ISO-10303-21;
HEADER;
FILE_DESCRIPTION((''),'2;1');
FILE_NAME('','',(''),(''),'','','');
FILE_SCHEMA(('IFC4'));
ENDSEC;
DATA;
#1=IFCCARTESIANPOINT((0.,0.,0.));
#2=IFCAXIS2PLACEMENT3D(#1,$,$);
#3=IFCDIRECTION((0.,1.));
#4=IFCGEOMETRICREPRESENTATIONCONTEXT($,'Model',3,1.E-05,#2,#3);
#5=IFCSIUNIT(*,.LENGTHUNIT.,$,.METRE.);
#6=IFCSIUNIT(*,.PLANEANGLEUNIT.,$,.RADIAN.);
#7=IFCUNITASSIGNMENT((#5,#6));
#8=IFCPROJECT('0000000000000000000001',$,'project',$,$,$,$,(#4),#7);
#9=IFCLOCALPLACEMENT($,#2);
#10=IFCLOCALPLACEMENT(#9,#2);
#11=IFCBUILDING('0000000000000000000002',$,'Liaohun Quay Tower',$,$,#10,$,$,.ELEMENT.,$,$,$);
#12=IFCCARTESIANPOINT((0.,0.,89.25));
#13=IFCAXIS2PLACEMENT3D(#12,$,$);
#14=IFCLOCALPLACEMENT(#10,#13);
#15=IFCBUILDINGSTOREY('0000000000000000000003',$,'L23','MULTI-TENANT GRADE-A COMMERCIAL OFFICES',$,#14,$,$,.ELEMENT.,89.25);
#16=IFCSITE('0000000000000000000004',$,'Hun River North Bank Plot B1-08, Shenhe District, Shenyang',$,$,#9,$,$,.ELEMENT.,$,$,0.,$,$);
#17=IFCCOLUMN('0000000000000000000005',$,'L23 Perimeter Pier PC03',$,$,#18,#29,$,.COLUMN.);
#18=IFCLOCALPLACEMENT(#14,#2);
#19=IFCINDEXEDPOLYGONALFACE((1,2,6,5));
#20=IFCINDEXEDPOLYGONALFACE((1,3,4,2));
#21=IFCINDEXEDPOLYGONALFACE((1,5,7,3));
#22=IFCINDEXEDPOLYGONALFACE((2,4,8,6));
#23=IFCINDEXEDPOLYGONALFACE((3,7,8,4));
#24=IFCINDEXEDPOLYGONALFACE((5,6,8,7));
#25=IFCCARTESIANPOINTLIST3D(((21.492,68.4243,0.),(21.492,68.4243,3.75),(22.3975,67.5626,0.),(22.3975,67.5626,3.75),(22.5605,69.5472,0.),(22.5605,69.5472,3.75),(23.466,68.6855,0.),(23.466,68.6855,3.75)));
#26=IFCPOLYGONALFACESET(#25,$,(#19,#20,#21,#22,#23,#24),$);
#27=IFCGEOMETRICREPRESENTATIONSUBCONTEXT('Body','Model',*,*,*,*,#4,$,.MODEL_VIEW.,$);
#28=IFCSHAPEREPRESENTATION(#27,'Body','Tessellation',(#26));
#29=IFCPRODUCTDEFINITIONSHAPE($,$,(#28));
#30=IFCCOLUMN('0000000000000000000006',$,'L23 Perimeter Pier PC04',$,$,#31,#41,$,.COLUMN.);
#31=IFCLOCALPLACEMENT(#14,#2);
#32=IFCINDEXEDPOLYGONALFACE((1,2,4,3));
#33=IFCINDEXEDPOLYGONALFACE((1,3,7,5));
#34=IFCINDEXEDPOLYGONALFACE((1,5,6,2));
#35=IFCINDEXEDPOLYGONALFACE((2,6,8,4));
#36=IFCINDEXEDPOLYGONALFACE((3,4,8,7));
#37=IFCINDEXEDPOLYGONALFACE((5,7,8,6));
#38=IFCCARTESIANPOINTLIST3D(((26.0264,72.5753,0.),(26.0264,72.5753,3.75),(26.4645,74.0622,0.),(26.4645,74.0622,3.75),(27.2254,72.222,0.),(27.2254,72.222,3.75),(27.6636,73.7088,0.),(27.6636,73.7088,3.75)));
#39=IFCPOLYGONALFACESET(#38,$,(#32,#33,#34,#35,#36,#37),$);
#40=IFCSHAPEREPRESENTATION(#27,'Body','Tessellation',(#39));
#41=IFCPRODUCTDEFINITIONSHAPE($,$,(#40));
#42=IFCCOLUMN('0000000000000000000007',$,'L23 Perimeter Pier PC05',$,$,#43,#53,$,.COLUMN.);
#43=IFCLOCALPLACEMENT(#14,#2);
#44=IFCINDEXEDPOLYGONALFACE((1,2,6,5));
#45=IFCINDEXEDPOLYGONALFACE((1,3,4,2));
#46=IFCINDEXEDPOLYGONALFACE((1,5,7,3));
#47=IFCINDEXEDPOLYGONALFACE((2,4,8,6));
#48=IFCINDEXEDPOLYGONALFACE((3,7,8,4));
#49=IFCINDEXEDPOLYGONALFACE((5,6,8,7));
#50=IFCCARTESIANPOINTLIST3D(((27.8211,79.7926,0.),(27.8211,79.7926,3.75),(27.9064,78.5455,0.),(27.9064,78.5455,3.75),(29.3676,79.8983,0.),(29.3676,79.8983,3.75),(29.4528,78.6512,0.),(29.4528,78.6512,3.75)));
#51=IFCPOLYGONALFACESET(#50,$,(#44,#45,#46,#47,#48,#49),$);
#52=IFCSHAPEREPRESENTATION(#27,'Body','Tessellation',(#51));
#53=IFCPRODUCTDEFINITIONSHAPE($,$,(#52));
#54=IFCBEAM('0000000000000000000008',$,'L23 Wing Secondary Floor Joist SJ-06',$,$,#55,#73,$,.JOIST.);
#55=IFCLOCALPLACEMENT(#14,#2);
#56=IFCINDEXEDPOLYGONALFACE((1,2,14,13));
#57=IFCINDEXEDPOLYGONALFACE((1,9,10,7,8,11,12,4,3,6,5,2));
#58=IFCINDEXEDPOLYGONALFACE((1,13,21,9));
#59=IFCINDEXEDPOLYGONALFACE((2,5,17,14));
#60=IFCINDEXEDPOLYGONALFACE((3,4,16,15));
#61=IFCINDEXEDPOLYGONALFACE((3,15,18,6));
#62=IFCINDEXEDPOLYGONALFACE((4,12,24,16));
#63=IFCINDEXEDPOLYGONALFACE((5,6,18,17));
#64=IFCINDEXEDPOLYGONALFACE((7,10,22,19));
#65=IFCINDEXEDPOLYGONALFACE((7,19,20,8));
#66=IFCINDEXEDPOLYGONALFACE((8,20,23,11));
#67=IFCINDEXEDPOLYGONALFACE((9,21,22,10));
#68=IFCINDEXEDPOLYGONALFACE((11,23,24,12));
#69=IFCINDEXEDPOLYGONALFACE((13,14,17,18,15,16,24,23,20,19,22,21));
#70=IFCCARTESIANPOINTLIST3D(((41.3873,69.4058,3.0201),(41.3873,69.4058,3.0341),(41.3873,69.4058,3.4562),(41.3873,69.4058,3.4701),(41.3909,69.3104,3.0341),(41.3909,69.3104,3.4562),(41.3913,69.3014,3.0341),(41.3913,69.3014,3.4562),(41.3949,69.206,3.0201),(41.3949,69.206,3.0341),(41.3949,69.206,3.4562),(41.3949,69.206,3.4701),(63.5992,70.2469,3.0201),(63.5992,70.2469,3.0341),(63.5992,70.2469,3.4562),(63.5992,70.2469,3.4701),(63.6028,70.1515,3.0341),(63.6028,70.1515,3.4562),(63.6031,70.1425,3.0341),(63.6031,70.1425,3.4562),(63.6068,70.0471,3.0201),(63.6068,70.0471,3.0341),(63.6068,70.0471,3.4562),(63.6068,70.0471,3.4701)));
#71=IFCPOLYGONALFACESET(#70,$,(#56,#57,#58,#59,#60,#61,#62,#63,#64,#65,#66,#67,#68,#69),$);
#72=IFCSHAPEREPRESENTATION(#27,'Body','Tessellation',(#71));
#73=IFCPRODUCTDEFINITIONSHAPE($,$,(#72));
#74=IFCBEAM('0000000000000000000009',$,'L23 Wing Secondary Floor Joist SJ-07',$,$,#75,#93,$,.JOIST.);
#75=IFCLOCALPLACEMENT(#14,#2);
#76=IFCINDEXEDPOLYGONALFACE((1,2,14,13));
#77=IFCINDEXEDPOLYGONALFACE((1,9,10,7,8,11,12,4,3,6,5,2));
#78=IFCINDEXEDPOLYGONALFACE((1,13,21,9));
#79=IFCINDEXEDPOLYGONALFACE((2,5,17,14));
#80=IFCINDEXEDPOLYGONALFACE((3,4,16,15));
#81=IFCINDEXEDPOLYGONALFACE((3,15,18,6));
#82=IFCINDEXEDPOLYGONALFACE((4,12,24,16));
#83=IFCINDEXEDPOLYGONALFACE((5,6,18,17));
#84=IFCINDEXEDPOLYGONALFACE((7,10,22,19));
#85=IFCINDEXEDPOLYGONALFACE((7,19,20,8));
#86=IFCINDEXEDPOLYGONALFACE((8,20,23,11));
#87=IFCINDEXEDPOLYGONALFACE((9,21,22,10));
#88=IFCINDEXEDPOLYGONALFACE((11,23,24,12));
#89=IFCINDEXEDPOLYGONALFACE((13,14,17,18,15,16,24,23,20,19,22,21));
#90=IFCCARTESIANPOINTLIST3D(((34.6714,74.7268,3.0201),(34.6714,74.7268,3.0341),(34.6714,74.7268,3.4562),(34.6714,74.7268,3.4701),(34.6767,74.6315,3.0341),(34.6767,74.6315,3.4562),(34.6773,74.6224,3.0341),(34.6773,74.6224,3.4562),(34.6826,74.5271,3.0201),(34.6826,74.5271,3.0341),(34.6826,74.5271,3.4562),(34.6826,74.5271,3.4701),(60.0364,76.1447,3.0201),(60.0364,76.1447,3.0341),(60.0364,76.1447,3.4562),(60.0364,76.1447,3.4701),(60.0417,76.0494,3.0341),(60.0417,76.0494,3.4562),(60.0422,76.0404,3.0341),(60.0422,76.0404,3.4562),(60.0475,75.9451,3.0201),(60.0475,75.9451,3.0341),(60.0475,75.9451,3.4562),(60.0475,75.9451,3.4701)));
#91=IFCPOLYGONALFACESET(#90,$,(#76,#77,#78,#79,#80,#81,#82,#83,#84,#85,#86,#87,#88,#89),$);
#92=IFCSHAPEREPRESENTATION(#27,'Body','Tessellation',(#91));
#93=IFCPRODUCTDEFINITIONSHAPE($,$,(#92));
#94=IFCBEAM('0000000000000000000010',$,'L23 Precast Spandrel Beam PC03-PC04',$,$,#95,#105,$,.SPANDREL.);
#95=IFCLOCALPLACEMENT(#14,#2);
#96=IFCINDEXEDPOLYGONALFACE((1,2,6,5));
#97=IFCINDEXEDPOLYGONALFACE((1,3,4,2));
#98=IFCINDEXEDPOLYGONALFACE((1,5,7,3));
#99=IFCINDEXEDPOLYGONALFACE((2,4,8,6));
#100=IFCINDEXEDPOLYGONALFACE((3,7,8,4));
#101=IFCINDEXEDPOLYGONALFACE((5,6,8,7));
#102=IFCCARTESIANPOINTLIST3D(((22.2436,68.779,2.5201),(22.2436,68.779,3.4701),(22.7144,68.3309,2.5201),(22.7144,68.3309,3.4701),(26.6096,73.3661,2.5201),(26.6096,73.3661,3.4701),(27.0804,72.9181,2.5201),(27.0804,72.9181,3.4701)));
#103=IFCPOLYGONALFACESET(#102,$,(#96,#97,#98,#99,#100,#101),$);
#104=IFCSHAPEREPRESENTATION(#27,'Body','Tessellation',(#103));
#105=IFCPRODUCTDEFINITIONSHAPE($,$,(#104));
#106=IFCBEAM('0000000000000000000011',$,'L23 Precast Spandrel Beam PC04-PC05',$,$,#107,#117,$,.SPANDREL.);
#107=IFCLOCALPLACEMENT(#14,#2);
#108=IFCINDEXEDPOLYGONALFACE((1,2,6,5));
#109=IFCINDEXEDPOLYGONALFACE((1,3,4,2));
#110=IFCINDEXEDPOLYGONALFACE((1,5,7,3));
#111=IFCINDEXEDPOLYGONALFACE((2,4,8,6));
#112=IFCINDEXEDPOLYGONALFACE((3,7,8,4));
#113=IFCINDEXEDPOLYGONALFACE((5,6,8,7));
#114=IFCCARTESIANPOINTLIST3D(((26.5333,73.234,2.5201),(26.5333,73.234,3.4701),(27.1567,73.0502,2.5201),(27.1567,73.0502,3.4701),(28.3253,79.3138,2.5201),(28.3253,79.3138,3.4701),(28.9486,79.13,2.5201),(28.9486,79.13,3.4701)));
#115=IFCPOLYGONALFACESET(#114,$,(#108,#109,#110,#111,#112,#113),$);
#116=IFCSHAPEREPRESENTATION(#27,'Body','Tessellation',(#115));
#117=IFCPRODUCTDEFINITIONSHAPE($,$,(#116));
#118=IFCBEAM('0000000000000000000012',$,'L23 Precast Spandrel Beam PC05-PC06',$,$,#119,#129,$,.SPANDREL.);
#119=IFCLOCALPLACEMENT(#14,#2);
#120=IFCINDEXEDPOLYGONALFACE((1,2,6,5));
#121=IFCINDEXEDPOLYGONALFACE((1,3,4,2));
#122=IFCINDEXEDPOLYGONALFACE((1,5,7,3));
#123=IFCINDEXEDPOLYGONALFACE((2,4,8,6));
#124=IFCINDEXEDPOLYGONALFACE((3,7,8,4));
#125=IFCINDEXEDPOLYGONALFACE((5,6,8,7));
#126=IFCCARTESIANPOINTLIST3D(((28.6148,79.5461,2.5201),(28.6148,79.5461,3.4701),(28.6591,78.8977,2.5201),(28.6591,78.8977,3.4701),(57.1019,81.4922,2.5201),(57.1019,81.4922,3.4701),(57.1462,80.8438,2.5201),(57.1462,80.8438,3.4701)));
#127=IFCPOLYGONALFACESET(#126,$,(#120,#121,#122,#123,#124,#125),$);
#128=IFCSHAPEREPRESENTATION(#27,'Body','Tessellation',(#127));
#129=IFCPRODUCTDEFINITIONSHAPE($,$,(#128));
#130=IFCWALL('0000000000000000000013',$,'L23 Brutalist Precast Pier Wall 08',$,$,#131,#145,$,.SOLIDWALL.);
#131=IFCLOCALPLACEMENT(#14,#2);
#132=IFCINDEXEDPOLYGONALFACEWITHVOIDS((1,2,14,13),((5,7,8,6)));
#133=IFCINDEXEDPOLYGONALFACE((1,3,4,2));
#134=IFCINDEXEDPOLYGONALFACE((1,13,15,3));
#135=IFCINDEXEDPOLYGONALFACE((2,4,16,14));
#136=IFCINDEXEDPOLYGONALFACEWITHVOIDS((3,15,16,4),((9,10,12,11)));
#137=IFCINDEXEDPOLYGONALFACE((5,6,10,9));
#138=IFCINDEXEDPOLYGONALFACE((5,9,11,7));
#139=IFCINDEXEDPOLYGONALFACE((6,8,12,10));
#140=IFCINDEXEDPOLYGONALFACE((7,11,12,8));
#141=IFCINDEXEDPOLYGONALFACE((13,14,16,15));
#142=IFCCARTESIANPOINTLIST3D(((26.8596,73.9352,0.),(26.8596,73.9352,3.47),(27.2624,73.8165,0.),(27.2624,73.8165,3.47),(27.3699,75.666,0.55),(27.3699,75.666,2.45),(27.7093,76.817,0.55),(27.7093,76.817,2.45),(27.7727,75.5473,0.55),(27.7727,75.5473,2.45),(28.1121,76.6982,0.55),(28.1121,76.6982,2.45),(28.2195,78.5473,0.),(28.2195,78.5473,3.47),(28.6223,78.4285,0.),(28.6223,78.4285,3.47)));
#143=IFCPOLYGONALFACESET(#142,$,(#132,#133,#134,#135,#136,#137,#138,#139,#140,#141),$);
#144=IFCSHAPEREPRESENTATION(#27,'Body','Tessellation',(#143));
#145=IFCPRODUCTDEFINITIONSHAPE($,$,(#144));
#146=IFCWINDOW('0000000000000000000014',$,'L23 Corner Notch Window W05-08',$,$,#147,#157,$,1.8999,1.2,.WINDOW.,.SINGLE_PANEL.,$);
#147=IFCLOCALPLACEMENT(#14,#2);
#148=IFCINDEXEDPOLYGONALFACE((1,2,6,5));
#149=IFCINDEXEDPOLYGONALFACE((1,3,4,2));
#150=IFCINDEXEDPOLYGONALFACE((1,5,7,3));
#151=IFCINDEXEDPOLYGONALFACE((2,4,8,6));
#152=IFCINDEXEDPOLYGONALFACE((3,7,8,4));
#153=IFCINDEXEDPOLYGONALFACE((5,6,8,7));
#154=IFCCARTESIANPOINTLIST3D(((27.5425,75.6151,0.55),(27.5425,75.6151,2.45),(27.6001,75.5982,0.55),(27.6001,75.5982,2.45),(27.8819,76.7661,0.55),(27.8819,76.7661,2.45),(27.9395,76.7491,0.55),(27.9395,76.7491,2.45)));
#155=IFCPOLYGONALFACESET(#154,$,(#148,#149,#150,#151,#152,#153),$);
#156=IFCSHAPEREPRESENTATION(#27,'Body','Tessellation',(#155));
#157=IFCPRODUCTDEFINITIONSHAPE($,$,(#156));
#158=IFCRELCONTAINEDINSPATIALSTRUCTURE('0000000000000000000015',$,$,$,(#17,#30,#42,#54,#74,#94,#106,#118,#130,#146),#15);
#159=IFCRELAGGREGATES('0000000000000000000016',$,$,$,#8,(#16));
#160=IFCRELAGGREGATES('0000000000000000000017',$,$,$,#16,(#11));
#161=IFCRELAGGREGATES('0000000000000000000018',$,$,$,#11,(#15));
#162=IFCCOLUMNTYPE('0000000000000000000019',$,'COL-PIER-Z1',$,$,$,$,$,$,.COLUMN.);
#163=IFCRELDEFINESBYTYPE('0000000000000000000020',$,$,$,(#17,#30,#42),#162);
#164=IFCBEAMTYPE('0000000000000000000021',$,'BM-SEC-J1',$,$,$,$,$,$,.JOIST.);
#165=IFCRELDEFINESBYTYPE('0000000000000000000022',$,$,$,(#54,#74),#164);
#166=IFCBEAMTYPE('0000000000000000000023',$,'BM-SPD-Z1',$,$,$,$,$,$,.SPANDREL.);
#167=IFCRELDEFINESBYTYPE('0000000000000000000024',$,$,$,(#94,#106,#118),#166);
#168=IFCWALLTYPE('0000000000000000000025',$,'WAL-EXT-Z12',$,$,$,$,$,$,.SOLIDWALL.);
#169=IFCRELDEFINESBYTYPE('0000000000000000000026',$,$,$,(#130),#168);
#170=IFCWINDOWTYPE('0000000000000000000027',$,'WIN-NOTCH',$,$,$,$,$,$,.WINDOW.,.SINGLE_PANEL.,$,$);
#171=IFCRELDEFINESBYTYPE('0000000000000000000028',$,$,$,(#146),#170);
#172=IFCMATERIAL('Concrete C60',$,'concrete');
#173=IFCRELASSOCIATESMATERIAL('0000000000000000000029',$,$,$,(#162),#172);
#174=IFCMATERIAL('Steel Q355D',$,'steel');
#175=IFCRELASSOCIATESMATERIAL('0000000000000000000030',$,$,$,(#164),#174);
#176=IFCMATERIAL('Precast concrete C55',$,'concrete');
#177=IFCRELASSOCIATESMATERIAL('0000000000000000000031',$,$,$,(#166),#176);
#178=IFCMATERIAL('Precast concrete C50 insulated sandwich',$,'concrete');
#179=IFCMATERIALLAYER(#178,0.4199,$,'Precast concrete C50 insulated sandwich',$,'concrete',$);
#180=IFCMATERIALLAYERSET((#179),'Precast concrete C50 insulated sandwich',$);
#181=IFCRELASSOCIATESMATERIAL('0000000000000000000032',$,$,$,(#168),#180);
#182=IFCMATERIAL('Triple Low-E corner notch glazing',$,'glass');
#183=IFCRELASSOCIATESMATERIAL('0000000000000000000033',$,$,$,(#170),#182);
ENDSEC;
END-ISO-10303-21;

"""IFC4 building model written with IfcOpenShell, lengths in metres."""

from ifc_helpers import new_model, si_unit, direction, frame, frame_2d, origin, origin_2d, place, context, subcontext, project, spatial, rectangle, i_section, extrude, source, transform, mapped, material, layer, layer_set, material_profile, profile_set, type_object, element, fill, save


model = new_model("IFC4")

# Units and contexts
model_context = context("Model", 3, precision=1e-05, world=origin(), true_north=direction((0.0, 1.0)))
body_context = subcontext(model_context, "Body", "Model", "MODEL_VIEW")
ifc_project = project(units=[si_unit("LENGTHUNIT", "METRE"), si_unit("PLANEANGLEUNIT", "RADIAN")], contexts=[model_context])

# Site, building, storey
site_placement = place(None, origin())
site = spatial("IfcSite", under=ifc_project, at=site_placement, Name="Hun River North Bank Plot B1-08, Shenhe District, Shenyang", CompositionType="ELEMENT", RefElevation=0.0)
building_placement = place(site_placement, origin())
building = spatial("IfcBuilding", under=site, at=building_placement, Name="Liaohun Quay Tower", CompositionType="ELEMENT")
storey_placement = place(building_placement, frame((0.0, 0.0, 89.25)))
storey = spatial("IfcBuildingStorey", under=building, at=storey_placement, Name="L23", Description="MULTI-TENANT GRADE-A COMMERCIAL OFFICES", CompositionType="ELEMENT", Elevation=89.25)

# Columns
ifc_material_1 = material(Name="Concrete C60", Category="concrete")
ifc_material_profile_1 = material_profile(ifc_material_1, rectangle(XDim=1.55, YDim=1.25, at=origin_2d()), Name="RC1550x1250")
ifc_profile_set_1 = profile_set([ifc_material_profile_1], Name="Concrete C60")
column_type = type_object("IfcColumnType", Name="COL-PIER-Z1", PredefinedType="COLUMN", material=ifc_profile_set_1)
shared_shape_1 = source(origin(), body_context, "Body", "SweptSolid", [
    extrude(rectangle(XDim=1.55, YDim=1.25, at=origin_2d()), origin(), (0.0, 0.0, 1.0), 3.75),
])
for number, where, z_axis, x_axis, name in (
    (1, (22.479, 68.5549, 0.0), (0.0, 0.0, 1.0), (0.689367, 0.724413, 0.0), "L23 Perimeter Pier PC03"),
    (2, (26.845, 73.1421, 0.0), (0.0, 0.0, 1.0), (0.282676, 0.959215, 0.0), "L23 Perimeter Pier PC04"),
    (3, (28.637, 79.2219, 0.0), (0.0, 0.0, 1.0), (0.997672, 0.068189, 0.0), "L23 Perimeter Pier PC05"),
):
    element("IfcColumn", number, at=place(storey_placement, frame(where, z_axis=z_axis, x_axis=x_axis)), inside=storey, type_object=column_type, Name=name, PredefinedType="COLUMN", context=body_context, shape_type="MappedRepresentation", body=[
        mapped(shared_shape_1, transform((0.0, 0.0, 0.0), x_axis=(1.0, 0.0, 0.0), y_axis=(0.0, 1.0, 0.0), z_axis=(0.0, 0.0, 1.0), scale=1.0)),
    ])

# Beams
ifc_material_2 = material(Name="Steel Q355D", Category="steel")
ifc_material_profile_2 = material_profile(ifc_material_2, i_section(OverallWidth=0.2, OverallDepth=0.45, WebThickness=0.009, FlangeThickness=0.0139, at=origin_2d()), Name="HN450x200x9x14")
ifc_profile_set_2 = profile_set([ifc_material_profile_2], Name="Steel Q355D")
beam_type_1 = type_object("IfcBeamType", Name="BM-SEC-J1", PredefinedType="JOIST", material=ifc_profile_set_2)
shared_shape_2 = source(origin(), body_context, "Body", "SweptSolid", [
    extrude(i_section(OverallWidth=0.2, OverallDepth=0.45, WebThickness=0.009, FlangeThickness=0.0139, at=origin_2d()), origin(), (0.0, 0.0, 1.0), 22.2278),
])
beam_1_placement = place(storey_placement, frame((41.3911, 69.3059, 3.2451), z_axis=(0.999284, 0.037838, 0.0), x_axis=(-0.037838, 0.999284, 0.0)))
element("IfcBeam", 4, at=beam_1_placement, inside=storey, type_object=beam_type_1, Name="L23 Wing Secondary Floor Joist SJ-06", PredefinedType="JOIST", context=body_context, shape_type="MappedRepresentation", body=[
    mapped(shared_shape_2, transform((0.0, 0.0, 0.0), x_axis=(1.0, 0.0, 0.0), y_axis=(0.0, 1.0, 0.0), z_axis=(0.0, 0.0, 1.0), scale=1.0)),
])
shared_shape_3 = source(origin(), body_context, "Body", "SweptSolid", [
    extrude(i_section(OverallWidth=0.2, OverallDepth=0.45, WebThickness=0.009, FlangeThickness=0.0139, at=origin_2d()), origin(), (0.0, 0.0, 1.0), 25.4045),
])
beam_2_placement = place(storey_placement, frame((34.677, 74.627, 3.2451), z_axis=(0.998441, 0.055815, 0.0), x_axis=(-0.055815, 0.998441, 0.0)))
element("IfcBeam", 5, at=beam_2_placement, inside=storey, type_object=beam_type_1, Name="L23 Wing Secondary Floor Joist SJ-07", PredefinedType="JOIST", context=body_context, shape_type="MappedRepresentation", body=[
    mapped(shared_shape_3, transform((0.0, 0.0, 0.0), x_axis=(1.0, 0.0, 0.0), y_axis=(0.0, 1.0, 0.0), z_axis=(0.0, 0.0, 1.0), scale=1.0)),
])
ifc_material_3 = material(Name="Precast concrete C55", Category="concrete")
ifc_material_profile_3 = material_profile(ifc_material_3, rectangle(XDim=0.6499, YDim=0.95, at=origin_2d()), Name="RC650x950")
ifc_profile_set_3 = profile_set([ifc_material_profile_3], Name="Precast concrete C55")
beam_type_2 = type_object("IfcBeamType", Name="BM-SPD-Z1", PredefinedType="SPANDREL", material=ifc_profile_set_3)
shared_shape_4 = source(origin(), body_context, "Body", "SweptSolid", [
    extrude(rectangle(XDim=0.6499, YDim=0.95, at=origin_2d()), origin(), (0.0, 0.0, 1.0), 6.3328),
])
beam_3_placement = place(storey_placement, frame((22.479, 68.5549, 2.9951), z_axis=(0.689427, 0.724355, 0.0), x_axis=(-0.724355, 0.689427, 0.0)))
element("IfcBeam", 6, at=beam_3_placement, inside=storey, type_object=beam_type_2, Name="L23 Precast Spandrel Beam PC03-PC04", PredefinedType="SPANDREL", context=body_context, shape_type="MappedRepresentation", body=[
    mapped(shared_shape_4, transform((0.0, 0.0, 0.0), x_axis=(1.0, 0.0, 0.0), y_axis=(0.0, 1.0, 0.0), z_axis=(0.0, 0.0, 1.0), scale=1.0)),
])
shared_shape_5 = source(origin(), body_context, "Body", "SweptSolid", [
    extrude(rectangle(XDim=0.6499, YDim=0.95, at=origin_2d()), origin(), (0.0, 0.0, 1.0), 6.3384),
])
beam_4_placement = place(storey_placement, frame((26.845, 73.1421, 2.9951), z_axis=(0.282719, 0.959203, 0.0), x_axis=(-0.959203, 0.282719, 0.0)))
element("IfcBeam", 7, at=beam_4_placement, inside=storey, type_object=beam_type_2, Name="L23 Precast Spandrel Beam PC04-PC05", PredefinedType="SPANDREL", context=body_context, shape_type="MappedRepresentation", body=[
    mapped(shared_shape_5, transform((0.0, 0.0, 0.0), x_axis=(1.0, 0.0, 0.0), y_axis=(0.0, 1.0, 0.0), z_axis=(0.0, 0.0, 1.0), scale=1.0)),
])
shared_shape_6 = source(origin(), body_context, "Body", "SweptSolid", [
    extrude(rectangle(XDim=0.6499, YDim=0.95, at=origin_2d()), origin(), (0.0, 0.0, 1.0), 28.5535),
])
beam_5_placement = place(storey_placement, frame((28.637, 79.2219, 2.9951), z_axis=(0.997675, 0.068154, 0.0), x_axis=(-0.068154, 0.997675, 0.0)))
element("IfcBeam", 8, at=beam_5_placement, inside=storey, type_object=beam_type_2, Name="L23 Precast Spandrel Beam PC05-PC06", PredefinedType="SPANDREL", context=body_context, shape_type="MappedRepresentation", body=[
    mapped(shared_shape_6, transform((0.0, 0.0, 0.0), x_axis=(1.0, 0.0, 0.0), y_axis=(0.0, 1.0, 0.0), z_axis=(0.0, 0.0, 1.0), scale=1.0)),
])

# Wall, opening, window
ifc_material_4 = material(Name="Precast concrete C50 insulated sandwich", Category="concrete")
ifc_layer_1 = layer(ifc_material_4, 0.4199, Name="Precast concrete C50 insulated sandwich", Category="concrete")
ifc_layer_set_1 = layer_set([ifc_layer_1], Name="Precast concrete C50 insulated sandwich")
wall_type_1 = type_object("IfcWallType", Name="WAL-EXT-Z12", PredefinedType="SOLIDWALL", material=ifc_layer_set_1)
wall_1_placement = place(storey_placement, frame((28.4209, 78.488, 0.0), z_axis=(0.0, 0.0, 1.0), x_axis=(-0.282812, -0.959175, 0.0)))
wall_1 = element("IfcWall", 9, at=wall_1_placement, inside=storey, type_object=wall_type_1, Name="L23 Brutalist Precast Pier Wall 08", PredefinedType="SOLIDWALL", context=body_context, shape_type="SweptSolid", body=[
    extrude(rectangle(XDim=4.8083, YDim=0.4199, at=frame_2d((2.4043, 0.0))), origin(), (0.0, 0.0, 1.0), 3.47),
])
shared_shape_7 = source(origin(), body_context, "Body", "SweptSolid", [
    extrude(rectangle(XDim=1.2, YDim=1.8999, at=frame_2d((0.6001, 0.95))), frame((0.0, 0.22, 0.0), z_axis=(0.0, -1.0, 0.0), x_axis=(1.0, 0.0, 0.0)), (0.0, 0.0, 1.0), 0.4399),
])
opening_1_placement = place(wall_1_placement, frame((1.804, 0.0, 0.55)))
opening_1 = element("IfcOpeningElement", 10, at=opening_1_placement, cuts=wall_1, PredefinedType="OPENING", context=body_context, shape_type="MappedRepresentation", body=[
    mapped(shared_shape_7, transform((0.0, 0.0, 0.0), x_axis=(1.0, 0.0, 0.0), y_axis=(0.0, 1.0, 0.0), z_axis=(0.0, 0.0, 1.0), scale=1.0)),
])
ifc_material_5 = material(Name="Triple Low-E corner notch glazing", Category="glass")
window_type_1 = type_object("IfcWindowType", Name="WIN-NOTCH", PartitioningType="SINGLE_PANEL", PredefinedType="WINDOW", material=ifc_material_5)
shared_shape_8 = source(origin(), body_context, "Body", "SweptSolid", [
    extrude(rectangle(XDim=1.2, YDim=1.8999, at=frame_2d((0.6001, 0.95))), frame((0.0, 0.03, 0.0), z_axis=(0.0, -1.0, 0.0), x_axis=(1.0, 0.0, 0.0)), (0.0, 0.0, 1.0), 0.0601),
])
window_1_placement = place(opening_1_placement, origin())
window_1 = element("IfcWindow", 11, at=window_1_placement, inside=storey, type_object=window_type_1, Name="L23 Corner Notch Window W05-08", OverallHeight=1.8999, OverallWidth=1.2, PartitioningType="SINGLE_PANEL", PredefinedType="WINDOW", context=body_context, shape_type="MappedRepresentation", body=[
    mapped(shared_shape_8, transform((0.0, 0.0, 0.0), x_axis=(1.0, 0.0, 0.0), y_axis=(0.0, 1.0, 0.0), z_axis=(0.0, 0.0, 1.0), scale=1.0)),
])
fill(opening_1, window_1)

save(model, "model.ifc")
